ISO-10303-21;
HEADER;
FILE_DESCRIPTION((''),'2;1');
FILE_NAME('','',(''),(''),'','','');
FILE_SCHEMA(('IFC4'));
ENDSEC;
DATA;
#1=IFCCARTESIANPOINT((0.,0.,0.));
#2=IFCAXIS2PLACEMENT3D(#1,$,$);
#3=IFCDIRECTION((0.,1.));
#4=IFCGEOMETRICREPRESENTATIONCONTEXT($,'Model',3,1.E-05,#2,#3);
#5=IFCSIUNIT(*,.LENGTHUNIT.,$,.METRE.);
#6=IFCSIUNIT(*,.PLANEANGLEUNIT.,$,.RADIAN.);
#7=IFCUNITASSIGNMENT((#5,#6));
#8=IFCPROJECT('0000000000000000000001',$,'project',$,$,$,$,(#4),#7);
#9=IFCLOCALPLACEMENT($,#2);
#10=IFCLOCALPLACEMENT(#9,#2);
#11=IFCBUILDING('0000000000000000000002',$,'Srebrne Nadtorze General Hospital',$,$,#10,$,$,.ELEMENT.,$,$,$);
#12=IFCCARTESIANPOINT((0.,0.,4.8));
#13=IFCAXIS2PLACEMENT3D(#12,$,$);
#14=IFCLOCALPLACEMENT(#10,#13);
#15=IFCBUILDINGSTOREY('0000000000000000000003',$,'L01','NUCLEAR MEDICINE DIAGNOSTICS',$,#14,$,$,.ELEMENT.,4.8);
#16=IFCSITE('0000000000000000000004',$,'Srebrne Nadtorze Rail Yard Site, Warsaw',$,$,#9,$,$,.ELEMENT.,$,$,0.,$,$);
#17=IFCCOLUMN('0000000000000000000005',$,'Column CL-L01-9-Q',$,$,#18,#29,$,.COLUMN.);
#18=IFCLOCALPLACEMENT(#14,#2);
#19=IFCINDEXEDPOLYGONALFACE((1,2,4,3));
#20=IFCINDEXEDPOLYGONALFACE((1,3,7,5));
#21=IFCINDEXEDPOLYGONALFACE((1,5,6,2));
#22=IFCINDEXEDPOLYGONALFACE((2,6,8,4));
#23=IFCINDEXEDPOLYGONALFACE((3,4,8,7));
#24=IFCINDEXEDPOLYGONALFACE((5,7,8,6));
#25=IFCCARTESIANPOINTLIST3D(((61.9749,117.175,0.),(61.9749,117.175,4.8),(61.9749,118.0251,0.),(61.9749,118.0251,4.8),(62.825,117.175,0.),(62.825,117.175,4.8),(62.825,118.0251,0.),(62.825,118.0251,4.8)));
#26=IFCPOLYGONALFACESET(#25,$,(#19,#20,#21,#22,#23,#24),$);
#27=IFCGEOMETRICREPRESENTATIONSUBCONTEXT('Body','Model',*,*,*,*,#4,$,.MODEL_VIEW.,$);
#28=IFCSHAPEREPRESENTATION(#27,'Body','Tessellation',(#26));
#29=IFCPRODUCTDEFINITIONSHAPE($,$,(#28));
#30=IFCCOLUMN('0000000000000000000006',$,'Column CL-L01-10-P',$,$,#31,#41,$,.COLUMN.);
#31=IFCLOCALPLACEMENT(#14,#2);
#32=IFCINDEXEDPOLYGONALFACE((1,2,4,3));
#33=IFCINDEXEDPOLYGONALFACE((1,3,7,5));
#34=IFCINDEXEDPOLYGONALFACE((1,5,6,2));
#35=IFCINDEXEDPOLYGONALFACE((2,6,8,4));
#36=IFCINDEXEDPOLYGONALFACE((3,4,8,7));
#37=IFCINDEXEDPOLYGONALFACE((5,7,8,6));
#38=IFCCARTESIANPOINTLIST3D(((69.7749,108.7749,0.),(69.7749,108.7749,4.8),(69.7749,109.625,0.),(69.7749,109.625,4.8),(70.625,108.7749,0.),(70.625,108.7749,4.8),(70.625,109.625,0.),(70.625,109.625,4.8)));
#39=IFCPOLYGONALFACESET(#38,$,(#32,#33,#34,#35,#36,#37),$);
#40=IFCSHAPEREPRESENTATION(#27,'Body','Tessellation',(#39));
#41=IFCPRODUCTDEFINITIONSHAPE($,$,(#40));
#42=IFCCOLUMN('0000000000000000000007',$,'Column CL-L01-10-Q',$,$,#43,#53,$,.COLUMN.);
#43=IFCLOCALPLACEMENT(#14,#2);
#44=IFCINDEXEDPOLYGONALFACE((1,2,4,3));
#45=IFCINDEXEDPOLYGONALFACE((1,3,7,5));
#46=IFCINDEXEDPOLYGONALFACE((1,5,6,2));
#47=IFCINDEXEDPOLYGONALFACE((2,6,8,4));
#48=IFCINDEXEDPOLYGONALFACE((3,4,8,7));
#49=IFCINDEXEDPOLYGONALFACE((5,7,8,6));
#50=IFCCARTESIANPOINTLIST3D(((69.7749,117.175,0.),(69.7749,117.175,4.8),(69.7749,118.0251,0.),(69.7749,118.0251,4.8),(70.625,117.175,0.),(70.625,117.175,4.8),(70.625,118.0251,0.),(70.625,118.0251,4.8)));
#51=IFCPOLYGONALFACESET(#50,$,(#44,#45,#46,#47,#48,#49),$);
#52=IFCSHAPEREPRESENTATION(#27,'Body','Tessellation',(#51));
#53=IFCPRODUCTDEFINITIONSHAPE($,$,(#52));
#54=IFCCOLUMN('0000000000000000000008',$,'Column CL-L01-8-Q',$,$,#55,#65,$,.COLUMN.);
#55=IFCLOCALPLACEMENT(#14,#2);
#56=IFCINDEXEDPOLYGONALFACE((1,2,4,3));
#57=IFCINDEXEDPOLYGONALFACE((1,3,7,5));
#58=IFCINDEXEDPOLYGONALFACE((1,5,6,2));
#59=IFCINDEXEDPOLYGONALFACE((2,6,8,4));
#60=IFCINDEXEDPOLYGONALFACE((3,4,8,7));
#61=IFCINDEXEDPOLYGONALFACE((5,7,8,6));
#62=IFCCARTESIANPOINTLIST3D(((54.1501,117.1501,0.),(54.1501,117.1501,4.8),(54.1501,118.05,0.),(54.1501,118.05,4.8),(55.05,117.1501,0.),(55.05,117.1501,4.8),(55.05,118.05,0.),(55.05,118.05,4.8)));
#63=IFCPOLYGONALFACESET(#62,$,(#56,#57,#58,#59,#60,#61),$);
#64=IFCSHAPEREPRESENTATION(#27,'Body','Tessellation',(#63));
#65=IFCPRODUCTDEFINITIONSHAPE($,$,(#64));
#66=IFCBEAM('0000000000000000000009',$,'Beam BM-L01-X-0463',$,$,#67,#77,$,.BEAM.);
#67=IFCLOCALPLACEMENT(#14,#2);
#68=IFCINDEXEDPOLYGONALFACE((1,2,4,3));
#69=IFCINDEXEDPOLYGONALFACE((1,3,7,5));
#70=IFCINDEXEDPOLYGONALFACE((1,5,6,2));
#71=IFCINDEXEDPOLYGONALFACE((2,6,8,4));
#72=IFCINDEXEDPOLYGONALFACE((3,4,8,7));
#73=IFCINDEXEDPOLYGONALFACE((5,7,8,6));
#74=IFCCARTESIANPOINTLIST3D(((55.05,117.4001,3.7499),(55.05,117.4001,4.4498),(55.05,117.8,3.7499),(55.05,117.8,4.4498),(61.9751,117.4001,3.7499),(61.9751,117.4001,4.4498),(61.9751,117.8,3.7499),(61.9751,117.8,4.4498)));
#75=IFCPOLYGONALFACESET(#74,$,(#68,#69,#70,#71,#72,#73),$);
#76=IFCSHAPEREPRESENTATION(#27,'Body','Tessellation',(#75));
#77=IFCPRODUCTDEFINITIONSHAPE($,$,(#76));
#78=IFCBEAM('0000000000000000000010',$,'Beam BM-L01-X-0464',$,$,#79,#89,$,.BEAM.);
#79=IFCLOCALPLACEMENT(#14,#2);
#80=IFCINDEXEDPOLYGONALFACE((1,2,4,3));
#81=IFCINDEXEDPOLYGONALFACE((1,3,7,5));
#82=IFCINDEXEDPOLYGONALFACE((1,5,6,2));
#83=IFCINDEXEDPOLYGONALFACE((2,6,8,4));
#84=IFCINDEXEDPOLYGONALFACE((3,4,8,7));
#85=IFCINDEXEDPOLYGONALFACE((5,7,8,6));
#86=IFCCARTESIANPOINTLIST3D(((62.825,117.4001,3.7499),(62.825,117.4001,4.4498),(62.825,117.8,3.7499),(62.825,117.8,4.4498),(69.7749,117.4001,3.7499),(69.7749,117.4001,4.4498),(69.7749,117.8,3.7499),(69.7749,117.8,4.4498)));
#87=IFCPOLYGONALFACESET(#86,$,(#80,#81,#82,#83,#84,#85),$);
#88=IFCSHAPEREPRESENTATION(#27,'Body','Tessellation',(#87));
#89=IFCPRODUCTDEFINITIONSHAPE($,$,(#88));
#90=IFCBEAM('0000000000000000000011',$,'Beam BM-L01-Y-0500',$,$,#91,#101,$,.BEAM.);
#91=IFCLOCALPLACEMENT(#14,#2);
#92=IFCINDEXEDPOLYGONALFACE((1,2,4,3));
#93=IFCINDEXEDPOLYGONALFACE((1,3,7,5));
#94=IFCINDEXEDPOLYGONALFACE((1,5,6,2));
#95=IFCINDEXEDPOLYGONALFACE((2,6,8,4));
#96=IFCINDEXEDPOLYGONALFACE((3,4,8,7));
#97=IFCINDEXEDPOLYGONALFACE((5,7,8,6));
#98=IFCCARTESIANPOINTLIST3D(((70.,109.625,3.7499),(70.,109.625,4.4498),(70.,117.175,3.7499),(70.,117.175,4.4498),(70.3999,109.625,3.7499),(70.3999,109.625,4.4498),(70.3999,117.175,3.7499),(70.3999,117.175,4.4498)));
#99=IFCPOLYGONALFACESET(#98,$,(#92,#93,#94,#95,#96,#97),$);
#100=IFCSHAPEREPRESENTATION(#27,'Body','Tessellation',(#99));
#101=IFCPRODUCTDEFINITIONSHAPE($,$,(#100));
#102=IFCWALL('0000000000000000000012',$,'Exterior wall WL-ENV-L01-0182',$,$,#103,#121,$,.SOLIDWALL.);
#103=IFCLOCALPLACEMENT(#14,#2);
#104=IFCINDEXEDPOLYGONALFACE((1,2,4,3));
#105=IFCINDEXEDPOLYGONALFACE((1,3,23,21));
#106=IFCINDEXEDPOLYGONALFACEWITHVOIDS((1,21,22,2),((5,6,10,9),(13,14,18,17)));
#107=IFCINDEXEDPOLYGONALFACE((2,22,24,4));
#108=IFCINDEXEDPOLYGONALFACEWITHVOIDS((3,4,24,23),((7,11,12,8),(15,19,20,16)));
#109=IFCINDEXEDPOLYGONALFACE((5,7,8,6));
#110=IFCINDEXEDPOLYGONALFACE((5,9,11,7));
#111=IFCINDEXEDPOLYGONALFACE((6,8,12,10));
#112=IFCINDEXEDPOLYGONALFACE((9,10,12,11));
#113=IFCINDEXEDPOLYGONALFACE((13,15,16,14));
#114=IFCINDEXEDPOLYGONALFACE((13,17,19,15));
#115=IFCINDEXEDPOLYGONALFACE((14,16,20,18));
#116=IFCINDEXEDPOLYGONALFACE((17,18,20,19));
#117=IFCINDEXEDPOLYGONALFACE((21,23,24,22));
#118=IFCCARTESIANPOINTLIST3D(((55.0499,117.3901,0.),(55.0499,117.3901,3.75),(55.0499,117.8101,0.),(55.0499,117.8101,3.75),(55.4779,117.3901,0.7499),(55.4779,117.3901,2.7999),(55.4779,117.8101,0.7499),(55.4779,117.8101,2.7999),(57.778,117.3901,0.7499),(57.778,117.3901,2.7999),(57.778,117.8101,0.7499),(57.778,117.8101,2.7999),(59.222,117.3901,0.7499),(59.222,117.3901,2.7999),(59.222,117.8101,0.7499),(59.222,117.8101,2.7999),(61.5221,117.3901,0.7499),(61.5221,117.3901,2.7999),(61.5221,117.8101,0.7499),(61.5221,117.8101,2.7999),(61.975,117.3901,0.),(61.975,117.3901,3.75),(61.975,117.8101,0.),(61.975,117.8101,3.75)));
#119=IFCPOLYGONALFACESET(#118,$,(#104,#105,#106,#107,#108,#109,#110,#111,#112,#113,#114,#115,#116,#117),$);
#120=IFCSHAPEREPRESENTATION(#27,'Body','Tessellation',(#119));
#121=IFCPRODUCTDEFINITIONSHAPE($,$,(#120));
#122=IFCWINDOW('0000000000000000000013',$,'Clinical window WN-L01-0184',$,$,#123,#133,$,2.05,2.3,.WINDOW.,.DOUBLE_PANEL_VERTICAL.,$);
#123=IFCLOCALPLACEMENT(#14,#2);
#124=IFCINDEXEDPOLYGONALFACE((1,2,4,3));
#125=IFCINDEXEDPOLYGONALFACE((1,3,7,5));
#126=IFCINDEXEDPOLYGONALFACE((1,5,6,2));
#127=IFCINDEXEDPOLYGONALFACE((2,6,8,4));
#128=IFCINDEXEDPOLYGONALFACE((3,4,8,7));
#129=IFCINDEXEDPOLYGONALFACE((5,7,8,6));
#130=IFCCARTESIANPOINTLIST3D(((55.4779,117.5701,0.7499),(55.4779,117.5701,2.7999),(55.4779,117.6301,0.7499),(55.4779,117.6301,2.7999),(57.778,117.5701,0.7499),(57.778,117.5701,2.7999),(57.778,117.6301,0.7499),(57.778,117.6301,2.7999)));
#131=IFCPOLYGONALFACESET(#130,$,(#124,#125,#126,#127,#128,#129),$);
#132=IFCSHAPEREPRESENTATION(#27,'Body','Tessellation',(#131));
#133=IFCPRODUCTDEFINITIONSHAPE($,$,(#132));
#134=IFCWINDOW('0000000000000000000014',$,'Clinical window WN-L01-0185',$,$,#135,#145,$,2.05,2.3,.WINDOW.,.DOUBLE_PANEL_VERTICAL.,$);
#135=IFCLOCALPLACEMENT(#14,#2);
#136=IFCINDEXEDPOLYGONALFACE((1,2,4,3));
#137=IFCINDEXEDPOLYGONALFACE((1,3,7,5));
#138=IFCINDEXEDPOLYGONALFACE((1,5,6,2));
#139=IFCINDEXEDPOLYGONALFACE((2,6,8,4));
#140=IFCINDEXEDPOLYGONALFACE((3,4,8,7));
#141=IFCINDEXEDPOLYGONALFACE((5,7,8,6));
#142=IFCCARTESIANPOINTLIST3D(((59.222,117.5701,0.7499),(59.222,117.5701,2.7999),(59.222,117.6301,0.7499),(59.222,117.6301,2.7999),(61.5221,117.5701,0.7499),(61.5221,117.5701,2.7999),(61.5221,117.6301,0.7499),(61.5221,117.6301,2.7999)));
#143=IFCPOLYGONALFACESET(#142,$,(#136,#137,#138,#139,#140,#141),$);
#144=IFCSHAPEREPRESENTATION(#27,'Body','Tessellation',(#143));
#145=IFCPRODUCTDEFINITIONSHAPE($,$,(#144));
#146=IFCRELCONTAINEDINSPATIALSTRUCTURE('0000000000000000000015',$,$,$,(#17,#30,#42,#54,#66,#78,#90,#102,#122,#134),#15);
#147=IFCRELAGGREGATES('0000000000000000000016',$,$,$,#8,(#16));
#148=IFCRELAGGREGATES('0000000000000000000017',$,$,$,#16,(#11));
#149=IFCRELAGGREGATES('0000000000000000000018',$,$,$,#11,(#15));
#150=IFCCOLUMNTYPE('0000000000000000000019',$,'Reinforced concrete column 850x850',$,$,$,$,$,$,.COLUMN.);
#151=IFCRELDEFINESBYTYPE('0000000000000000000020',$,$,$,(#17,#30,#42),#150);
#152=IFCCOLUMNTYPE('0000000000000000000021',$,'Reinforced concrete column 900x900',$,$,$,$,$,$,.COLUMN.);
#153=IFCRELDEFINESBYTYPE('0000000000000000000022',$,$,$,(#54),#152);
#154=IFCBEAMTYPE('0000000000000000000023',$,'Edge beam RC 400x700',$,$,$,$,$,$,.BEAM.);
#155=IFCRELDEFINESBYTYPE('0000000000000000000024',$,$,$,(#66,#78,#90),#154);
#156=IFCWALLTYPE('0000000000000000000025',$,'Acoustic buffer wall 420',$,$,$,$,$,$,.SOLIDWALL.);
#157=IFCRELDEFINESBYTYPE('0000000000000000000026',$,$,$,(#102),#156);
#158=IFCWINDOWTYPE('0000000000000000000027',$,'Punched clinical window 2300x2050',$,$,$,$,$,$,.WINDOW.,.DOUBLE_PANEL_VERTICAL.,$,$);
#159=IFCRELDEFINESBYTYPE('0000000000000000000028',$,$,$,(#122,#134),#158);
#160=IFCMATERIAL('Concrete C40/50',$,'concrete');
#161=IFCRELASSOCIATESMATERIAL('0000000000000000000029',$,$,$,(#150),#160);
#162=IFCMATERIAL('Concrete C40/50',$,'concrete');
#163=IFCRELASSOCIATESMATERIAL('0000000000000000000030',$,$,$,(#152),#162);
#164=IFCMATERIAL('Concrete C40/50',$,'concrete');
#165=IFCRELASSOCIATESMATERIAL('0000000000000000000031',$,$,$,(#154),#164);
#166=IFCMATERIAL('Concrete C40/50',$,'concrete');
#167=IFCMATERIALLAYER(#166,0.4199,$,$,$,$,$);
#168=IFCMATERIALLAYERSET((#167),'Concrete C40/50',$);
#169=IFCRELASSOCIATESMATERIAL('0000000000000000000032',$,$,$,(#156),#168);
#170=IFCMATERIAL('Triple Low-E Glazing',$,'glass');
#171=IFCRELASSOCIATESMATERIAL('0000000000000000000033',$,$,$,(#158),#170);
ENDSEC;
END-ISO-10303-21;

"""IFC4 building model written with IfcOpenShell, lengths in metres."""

from ifc_helpers import new_model, si_unit, direction, frame, frame_2d, origin, origin_2d, place, context, subcontext, project, spatial, rectangle, extrude, material, layer, layer_set, material_profile, profile_set, type_object, element, fill, save


model = new_model("IFC4")

# Units and contexts
model_context = context("Model", 3, precision=1e-05, world=origin(), true_north=direction((0.0, 1.0)))
body_context = subcontext(model_context, "Body", "Model", "MODEL_VIEW")
ifc_project = project(units=[si_unit("LENGTHUNIT", "METRE"), si_unit("PLANEANGLEUNIT", "RADIAN")], contexts=[model_context])

# Site, building, storey
site_placement = place(None, origin())
site = spatial("IfcSite", under=ifc_project, at=site_placement, Name="Srebrne Nadtorze Rail Yard Site, Warsaw", CompositionType="ELEMENT", RefElevation=0.0)
building_placement = place(site_placement, origin())
building = spatial("IfcBuilding", under=site, at=building_placement, Name="Srebrne Nadtorze General Hospital", CompositionType="ELEMENT")
storey_placement = place(building_placement, frame((0.0, 0.0, 4.8)))
storey = spatial("IfcBuildingStorey", under=building, at=storey_placement, Name="L01", Description="NUCLEAR MEDICINE DIAGNOSTICS", CompositionType="ELEMENT", Elevation=4.8)

# Columns
ifc_material_1 = material(Name="Concrete C40/50", Category="concrete")
ifc_material_profile_1 = material_profile(ifc_material_1, rectangle(XDim=0.8501, YDim=0.8501, at=origin_2d()), Name="RC-COL-850x850")
ifc_profile_set_1 = profile_set([ifc_material_profile_1], Name="Concrete C40/50")
column_type_1 = type_object("IfcColumnType", Name="Reinforced concrete column 850x850", PredefinedType="COLUMN", material=ifc_profile_set_1)
for number, where, z_axis, x_axis, name in (
    (1, (62.3999, 117.6001, 0.0), (0.0, 0.0, 1.0), (1.0, 0.0, 0.0), "Column CL-L01-9-Q"),
    (2, (70.2, 109.2, 0.0), (0.0, 0.0, 1.0), (1.0, 0.0, 0.0), "Column CL-L01-10-P"),
    (3, (70.2, 117.6001, 0.0), (0.0, 0.0, 1.0), (1.0, 0.0, 0.0), "Column CL-L01-10-Q"),
):
    element("IfcColumn", number, at=place(storey_placement, frame(where, z_axis=z_axis, x_axis=x_axis)), inside=storey, type_object=column_type_1, Name=name, PredefinedType="COLUMN", context=body_context, shape_type="SweptSolid", body=[
        extrude(rectangle(XDim=0.8501, YDim=0.8501, at=origin_2d()), origin(), (0.0, 0.0, 1.0), 4.8),
    ])
ifc_material_2 = material(Name="Concrete C40/50", Category="concrete")
ifc_material_profile_2 = material_profile(ifc_material_2, rectangle(XDim=0.8999, YDim=0.8999, at=origin_2d()), Name="RC-COL-900x900")
ifc_profile_set_2 = profile_set([ifc_material_profile_2], Name="Concrete C40/50")
column_type_2 = type_object("IfcColumnType", Name="Reinforced concrete column 900x900", PredefinedType="COLUMN", material=ifc_profile_set_2)
column_placement = place(storey_placement, frame((54.6001, 117.6001, 0.0), z_axis=(0.0, 0.0, 1.0), x_axis=(1.0, 0.0, 0.0)))
element("IfcColumn", 4, at=column_placement, inside=storey, type_object=column_type_2, Name="Column CL-L01-8-Q", PredefinedType="COLUMN", context=body_context, shape_type="SweptSolid", body=[
    extrude(rectangle(XDim=0.8999, YDim=0.8999, at=origin_2d()), origin(), (0.0, 0.0, 1.0), 4.8),
])

# Beams
ifc_material_3 = material(Name="Concrete C40/50", Category="concrete")
ifc_material_profile_3 = material_profile(ifc_material_3, rectangle(XDim=0.3999, YDim=0.7, at=origin_2d()), Name="RC-BM-400x700")
ifc_profile_set_3 = profile_set([ifc_material_profile_3], Name="Concrete C40/50")
beam_type = type_object("IfcBeamType", Name="Edge beam RC 400x700", PredefinedType="BEAM", material=ifc_profile_set_3)
beam_1_placement = place(storey_placement, frame((55.05, 117.6001, 4.0999), z_axis=(1.0, 0.0, 0.0), x_axis=(0.0, 1.0, 0.0)))
element("IfcBeam", 5, at=beam_1_placement, inside=storey, type_object=beam_type, Name="Beam BM-L01-X-0463", PredefinedType="BEAM", context=body_context, shape_type="SweptSolid", body=[
    extrude(rectangle(XDim=0.3999, YDim=0.7, at=origin_2d()), origin(), (0.0, 0.0, 1.0), 6.925),
])
beam_2_placement = place(storey_placement, frame((62.825, 117.6001, 4.0999), z_axis=(1.0, 0.0, 0.0), x_axis=(0.0, 1.0, 0.0)))
element("IfcBeam", 6, at=beam_2_placement, inside=storey, type_object=beam_type, Name="Beam BM-L01-X-0464", PredefinedType="BEAM", context=body_context, shape_type="SweptSolid", body=[
    extrude(rectangle(XDim=0.3999, YDim=0.7, at=origin_2d()), origin(), (0.0, 0.0, 1.0), 6.95),
])
beam_3_placement = place(storey_placement, frame((70.2, 109.625, 4.0999), z_axis=(0.0, 1.0, 0.0), x_axis=(-1.0, 0.0, 0.0)))
element("IfcBeam", 7, at=beam_3_placement, inside=storey, type_object=beam_type, Name="Beam BM-L01-Y-0500", PredefinedType="BEAM", context=body_context, shape_type="SweptSolid", body=[
    extrude(rectangle(XDim=0.3999, YDim=0.7, at=origin_2d()), origin(), (0.0, 0.0, 1.0), 7.55),
])

# Wall, openings, windows
ifc_material_4 = material(Name="Concrete C40/50", Category="concrete")
ifc_layer_1 = layer(ifc_material_4, 0.4199)
ifc_layer_set_1 = layer_set([ifc_layer_1], Name="Concrete C40/50")
wall_type_1 = type_object("IfcWallType", Name="Acoustic buffer wall 420", PredefinedType="SOLIDWALL", material=ifc_layer_set_1)
wall_1_placement = place(storey_placement, frame((55.05, 117.6001, 0.0), z_axis=(0.0, 0.0, 1.0), x_axis=(1.0, 0.0, 0.0)))
wall_1 = element("IfcWall", 8, at=wall_1_placement, inside=storey, type_object=wall_type_1, Name="Exterior wall WL-ENV-L01-0182", PredefinedType="SOLIDWALL", context=body_context, shape_type="SweptSolid", body=[
    extrude(rectangle(XDim=6.925, YDim=0.4199, at=frame_2d((3.4624, 0.0))), origin(), (0.0, 0.0, 1.0), 3.75),
])
opening_1_placement = place(wall_1_placement, frame((0.428, 0.0, 0.75)))
opening_1 = element("IfcOpeningElement", 9, at=opening_1_placement, cuts=wall_1, PredefinedType="OPENING", context=body_context, shape_type="SweptSolid", body=[
    extrude(rectangle(XDim=2.3, YDim=2.05, at=frame_2d((1.1499, 1.0249))), frame((0.0, 0.2219, 0.0), z_axis=(0.0, -1.0, 0.0), x_axis=(1.0, 0.0, 0.0)), (0.0, 0.0, 1.0), 0.4438),
])
opening_2_placement = place(wall_1_placement, frame((4.1721, 0.0, 0.75)))
opening_2 = element("IfcOpeningElement", 10, at=opening_2_placement, cuts=wall_1, PredefinedType="OPENING", context=body_context, shape_type="SweptSolid", body=[
    extrude(rectangle(XDim=2.3, YDim=2.05, at=frame_2d((1.1499, 1.0249))), frame((0.0, 0.2219, 0.0), z_axis=(0.0, -1.0, 0.0), x_axis=(1.0, 0.0, 0.0)), (0.0, 0.0, 1.0), 0.4438),
])
ifc_material_5 = material(Name="Triple Low-E Glazing", Category="glass")
window_type_1 = type_object("IfcWindowType", Name="Punched clinical window 2300x2050", PartitioningType="DOUBLE_PANEL_VERTICAL", PredefinedType="WINDOW", material=ifc_material_5)
window_1_placement = place(opening_1_placement, origin())
window_1 = element("IfcWindow", 11, at=window_1_placement, inside=storey, type_object=window_type_1, Name="Clinical window WN-L01-0184", OverallHeight=2.05, OverallWidth=2.3, PartitioningType="DOUBLE_PANEL_VERTICAL", PredefinedType="WINDOW", context=body_context, shape_type="SweptSolid", body=[
    extrude(rectangle(XDim=2.3, YDim=2.05, at=frame_2d((1.1499, 1.0249))), frame((0.0, 0.03, 0.0), z_axis=(0.0, -1.0, 0.0), x_axis=(1.0, 0.0, 0.0)), (0.0, 0.0, 1.0), 0.0601),
])
fill(opening_1, window_1)
window_2_placement = place(opening_2_placement, origin())
window_2 = element("IfcWindow", 12, at=window_2_placement, inside=storey, type_object=window_type_1, Name="Clinical window WN-L01-0185", OverallHeight=2.05, OverallWidth=2.3, PartitioningType="DOUBLE_PANEL_VERTICAL", PredefinedType="WINDOW", context=body_context, shape_type="SweptSolid", body=[
    extrude(rectangle(XDim=2.3, YDim=2.05, at=frame_2d((1.1499, 1.0249))), frame((0.0, 0.03, 0.0), z_axis=(0.0, -1.0, 0.0), x_axis=(1.0, 0.0, 0.0)), (0.0, 0.0, 1.0), 0.0601),
])
fill(opening_2, window_2)

save(model, "model.ifc")
